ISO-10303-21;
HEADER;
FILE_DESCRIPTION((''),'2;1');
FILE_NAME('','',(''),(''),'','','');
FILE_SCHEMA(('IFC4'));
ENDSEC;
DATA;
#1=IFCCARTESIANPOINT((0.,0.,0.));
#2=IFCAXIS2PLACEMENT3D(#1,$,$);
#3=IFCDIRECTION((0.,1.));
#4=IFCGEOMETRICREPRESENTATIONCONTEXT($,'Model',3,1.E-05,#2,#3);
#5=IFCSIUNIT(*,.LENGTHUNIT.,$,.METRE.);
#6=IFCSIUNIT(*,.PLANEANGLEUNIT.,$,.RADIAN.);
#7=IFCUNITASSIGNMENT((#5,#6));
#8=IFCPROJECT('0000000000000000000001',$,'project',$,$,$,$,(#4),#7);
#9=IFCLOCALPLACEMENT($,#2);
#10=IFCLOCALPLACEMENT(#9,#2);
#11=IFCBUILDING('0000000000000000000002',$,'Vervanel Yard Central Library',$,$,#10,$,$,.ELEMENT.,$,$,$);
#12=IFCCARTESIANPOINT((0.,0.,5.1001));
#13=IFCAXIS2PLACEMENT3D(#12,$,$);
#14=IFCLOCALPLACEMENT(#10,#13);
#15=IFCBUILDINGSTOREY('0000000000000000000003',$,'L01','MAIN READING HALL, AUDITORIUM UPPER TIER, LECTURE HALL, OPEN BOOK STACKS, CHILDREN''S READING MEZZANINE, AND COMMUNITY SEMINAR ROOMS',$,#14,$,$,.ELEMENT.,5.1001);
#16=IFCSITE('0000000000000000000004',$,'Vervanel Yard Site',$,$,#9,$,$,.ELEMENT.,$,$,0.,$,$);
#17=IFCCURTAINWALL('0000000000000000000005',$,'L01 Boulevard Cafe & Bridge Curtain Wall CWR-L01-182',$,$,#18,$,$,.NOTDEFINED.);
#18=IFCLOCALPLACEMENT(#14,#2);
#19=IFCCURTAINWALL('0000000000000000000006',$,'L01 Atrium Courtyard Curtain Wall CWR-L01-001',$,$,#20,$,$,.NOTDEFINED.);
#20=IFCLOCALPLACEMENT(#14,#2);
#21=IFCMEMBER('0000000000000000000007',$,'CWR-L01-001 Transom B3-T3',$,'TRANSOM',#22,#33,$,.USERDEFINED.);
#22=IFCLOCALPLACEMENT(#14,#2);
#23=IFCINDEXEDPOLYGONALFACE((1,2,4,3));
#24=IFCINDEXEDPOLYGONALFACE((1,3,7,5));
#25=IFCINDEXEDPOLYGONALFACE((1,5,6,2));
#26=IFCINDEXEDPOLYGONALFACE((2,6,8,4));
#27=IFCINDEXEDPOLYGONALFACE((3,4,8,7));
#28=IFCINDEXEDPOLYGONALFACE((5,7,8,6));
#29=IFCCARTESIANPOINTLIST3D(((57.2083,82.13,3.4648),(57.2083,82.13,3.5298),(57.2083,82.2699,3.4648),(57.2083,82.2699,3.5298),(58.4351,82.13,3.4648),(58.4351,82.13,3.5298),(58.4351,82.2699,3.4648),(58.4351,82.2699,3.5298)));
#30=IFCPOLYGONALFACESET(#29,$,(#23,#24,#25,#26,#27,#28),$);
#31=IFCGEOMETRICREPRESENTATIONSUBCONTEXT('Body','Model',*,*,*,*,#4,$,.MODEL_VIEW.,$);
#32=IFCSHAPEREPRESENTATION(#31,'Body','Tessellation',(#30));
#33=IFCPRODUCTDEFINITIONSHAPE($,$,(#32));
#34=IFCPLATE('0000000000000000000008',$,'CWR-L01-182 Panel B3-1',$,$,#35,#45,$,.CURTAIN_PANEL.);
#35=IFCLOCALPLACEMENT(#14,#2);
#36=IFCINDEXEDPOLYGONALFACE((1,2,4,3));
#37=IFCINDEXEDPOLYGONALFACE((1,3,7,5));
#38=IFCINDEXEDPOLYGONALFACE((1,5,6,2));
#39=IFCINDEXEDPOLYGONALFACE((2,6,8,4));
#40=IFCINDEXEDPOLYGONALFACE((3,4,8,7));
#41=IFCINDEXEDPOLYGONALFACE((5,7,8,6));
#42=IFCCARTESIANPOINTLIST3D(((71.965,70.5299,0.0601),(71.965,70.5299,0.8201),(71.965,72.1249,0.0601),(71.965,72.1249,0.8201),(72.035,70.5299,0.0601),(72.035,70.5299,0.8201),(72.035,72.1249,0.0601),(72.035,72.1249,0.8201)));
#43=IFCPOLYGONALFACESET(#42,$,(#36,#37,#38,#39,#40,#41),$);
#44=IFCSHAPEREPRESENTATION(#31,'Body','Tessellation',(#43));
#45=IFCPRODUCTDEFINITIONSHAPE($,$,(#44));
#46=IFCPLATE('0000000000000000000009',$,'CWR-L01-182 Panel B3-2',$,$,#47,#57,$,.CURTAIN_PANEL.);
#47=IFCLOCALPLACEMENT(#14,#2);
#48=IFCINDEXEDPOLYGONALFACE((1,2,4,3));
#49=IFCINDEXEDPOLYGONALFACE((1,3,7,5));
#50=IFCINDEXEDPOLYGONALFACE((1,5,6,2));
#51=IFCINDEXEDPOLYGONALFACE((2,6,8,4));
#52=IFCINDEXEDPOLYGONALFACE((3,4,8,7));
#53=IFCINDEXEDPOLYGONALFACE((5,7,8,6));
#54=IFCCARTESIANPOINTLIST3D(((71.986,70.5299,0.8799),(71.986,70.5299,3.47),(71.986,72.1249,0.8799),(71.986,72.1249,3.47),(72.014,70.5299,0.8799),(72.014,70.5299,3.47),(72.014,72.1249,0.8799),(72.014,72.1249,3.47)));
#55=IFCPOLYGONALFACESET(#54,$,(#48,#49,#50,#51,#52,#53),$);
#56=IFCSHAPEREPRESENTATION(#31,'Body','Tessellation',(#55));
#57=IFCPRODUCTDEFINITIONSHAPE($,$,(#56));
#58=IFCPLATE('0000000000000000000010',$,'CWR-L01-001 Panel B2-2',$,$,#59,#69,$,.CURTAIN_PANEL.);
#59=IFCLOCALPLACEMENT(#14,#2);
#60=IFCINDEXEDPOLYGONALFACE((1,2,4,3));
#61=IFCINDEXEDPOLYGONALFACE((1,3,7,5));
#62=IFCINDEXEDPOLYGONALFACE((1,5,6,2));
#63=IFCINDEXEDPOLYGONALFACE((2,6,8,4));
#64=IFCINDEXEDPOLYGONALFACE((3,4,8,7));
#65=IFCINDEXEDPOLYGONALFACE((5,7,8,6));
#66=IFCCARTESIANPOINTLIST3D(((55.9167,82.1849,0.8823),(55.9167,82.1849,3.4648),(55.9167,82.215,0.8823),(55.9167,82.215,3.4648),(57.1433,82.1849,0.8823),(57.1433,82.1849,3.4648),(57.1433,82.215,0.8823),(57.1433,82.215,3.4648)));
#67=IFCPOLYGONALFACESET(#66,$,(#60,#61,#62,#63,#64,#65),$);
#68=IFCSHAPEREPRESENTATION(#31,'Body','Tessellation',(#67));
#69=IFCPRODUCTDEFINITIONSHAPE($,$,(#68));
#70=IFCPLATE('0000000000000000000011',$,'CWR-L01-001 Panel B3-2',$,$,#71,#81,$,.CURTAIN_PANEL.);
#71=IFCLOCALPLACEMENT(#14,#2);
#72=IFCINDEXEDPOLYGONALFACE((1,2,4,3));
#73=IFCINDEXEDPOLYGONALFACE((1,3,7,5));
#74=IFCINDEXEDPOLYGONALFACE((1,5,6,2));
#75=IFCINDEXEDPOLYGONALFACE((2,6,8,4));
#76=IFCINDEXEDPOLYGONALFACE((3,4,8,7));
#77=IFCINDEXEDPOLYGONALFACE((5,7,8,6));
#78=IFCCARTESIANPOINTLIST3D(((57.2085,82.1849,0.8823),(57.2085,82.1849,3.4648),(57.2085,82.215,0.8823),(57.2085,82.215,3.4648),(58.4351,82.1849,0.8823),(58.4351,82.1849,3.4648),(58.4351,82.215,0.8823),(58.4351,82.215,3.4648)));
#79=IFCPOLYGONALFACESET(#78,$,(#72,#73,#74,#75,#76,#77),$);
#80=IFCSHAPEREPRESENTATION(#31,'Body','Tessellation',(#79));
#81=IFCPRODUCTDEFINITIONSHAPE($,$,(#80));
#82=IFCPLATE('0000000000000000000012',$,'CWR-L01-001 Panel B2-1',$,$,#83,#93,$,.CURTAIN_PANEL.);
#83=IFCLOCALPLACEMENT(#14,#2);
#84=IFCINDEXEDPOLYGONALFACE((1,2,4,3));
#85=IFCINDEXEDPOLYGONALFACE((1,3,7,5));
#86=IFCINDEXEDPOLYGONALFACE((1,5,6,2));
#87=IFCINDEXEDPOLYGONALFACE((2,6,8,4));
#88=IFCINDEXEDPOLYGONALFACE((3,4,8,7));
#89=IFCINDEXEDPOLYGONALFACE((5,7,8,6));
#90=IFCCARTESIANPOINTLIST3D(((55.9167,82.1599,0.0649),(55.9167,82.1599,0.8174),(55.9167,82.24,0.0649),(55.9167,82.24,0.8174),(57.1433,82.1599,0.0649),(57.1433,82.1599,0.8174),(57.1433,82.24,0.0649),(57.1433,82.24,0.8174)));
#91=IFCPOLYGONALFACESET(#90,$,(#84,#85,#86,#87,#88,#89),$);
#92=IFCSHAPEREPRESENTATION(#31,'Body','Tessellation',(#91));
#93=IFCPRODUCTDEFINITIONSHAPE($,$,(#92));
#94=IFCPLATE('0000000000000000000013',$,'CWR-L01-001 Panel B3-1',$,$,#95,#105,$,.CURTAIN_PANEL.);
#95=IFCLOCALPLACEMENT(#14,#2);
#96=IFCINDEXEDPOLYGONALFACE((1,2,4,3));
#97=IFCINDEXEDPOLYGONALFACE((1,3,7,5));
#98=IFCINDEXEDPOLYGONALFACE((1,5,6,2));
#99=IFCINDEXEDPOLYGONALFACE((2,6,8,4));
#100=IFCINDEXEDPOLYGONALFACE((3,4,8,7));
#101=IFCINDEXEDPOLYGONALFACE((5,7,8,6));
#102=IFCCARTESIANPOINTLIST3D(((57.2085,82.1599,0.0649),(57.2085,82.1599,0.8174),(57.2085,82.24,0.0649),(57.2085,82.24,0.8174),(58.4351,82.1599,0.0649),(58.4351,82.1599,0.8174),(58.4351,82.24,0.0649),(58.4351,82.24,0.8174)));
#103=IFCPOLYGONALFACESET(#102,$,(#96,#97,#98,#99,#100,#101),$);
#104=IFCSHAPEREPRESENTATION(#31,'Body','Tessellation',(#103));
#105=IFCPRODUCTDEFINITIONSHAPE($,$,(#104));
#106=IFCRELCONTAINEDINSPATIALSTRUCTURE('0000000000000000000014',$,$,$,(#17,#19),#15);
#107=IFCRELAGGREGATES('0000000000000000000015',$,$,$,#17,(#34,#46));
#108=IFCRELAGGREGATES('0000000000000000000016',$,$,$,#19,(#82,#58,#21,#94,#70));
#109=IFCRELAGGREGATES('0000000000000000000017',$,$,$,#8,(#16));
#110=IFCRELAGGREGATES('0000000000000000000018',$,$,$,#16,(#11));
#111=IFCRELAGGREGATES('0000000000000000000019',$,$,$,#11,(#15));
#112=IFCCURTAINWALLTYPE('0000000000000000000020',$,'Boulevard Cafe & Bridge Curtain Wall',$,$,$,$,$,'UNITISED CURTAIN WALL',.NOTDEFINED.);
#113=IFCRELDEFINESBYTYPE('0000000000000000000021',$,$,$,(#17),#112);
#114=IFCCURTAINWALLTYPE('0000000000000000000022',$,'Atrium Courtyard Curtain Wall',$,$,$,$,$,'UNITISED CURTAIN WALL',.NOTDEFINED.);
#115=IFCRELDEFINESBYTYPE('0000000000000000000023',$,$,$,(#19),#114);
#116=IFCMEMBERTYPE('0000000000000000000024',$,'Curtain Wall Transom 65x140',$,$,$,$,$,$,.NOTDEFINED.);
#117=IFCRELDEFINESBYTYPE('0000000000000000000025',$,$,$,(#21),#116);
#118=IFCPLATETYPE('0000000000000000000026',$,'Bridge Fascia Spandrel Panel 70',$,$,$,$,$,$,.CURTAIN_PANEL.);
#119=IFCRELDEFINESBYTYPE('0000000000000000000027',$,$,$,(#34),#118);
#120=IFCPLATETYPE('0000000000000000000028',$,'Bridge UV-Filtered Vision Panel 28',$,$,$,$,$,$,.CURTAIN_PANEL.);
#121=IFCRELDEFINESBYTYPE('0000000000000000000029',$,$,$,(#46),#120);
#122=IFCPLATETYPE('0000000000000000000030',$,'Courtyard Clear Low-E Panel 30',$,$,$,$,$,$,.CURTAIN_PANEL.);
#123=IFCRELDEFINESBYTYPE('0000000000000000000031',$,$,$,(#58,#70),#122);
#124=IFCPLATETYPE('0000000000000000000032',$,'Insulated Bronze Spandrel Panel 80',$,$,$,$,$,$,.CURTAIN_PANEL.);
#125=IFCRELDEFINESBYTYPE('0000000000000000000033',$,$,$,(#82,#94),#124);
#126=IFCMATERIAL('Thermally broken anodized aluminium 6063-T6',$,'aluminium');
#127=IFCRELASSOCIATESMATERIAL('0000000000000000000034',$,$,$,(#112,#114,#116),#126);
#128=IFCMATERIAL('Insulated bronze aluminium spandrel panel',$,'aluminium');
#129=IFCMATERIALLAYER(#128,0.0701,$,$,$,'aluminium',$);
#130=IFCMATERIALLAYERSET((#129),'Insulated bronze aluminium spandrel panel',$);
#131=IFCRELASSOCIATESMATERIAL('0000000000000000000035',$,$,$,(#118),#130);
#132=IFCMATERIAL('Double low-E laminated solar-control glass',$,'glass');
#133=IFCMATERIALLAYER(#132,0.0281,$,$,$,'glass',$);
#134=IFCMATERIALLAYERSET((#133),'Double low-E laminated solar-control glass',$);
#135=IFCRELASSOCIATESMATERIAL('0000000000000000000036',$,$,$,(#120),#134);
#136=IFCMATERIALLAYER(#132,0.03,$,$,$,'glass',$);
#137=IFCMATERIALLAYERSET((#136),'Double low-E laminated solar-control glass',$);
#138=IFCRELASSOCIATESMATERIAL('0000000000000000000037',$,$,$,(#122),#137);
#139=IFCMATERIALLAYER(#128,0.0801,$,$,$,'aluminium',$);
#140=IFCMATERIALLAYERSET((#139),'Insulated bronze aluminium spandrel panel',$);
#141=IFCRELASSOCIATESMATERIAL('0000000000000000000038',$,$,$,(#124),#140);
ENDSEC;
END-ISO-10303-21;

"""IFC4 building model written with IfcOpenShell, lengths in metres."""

from ifc_helpers import new_model, si_unit, direction, frame, origin, origin_2d, place, context, subcontext, project, spatial, rectangle, extrude, material, layer, layer_set, material_profile, profile_set, type_object, element, aggregate, save


model = new_model("IFC4")

# Units and contexts
model_context = context("Model", 3, precision=1e-05, world=origin(), true_north=direction((0.0, 1.0)))
body_context = subcontext(model_context, "Body", "Model", "MODEL_VIEW")
ifc_project = project(units=[si_unit("LENGTHUNIT", "METRE"), si_unit("PLANEANGLEUNIT", "RADIAN")], contexts=[model_context])

# Site, building, storey
site_placement = place(None, origin())
site = spatial("IfcSite", under=ifc_project, at=site_placement, Name="Vervanel Yard Site", CompositionType="ELEMENT", RefElevation=0.0)
building_placement = place(site_placement, origin())
building = spatial("IfcBuilding", under=site, at=building_placement, Name="Vervanel Yard Central Library", CompositionType="ELEMENT")
storey_placement = place(building_placement, frame((0.0, 0.0, 5.1001)))
storey = spatial("IfcBuildingStorey", under=building, at=storey_placement, Name="L01", Description="MAIN READING HALL, AUDITORIUM UPPER TIER, LECTURE HALL, OPEN BOOK STACKS, CHILDREN'S READING MEZZANINE, AND COMMUNITY SEMINAR ROOMS", CompositionType="ELEMENT", Elevation=5.1001)

# Curtain walls, member
ifc_material_1 = material(Name="Thermally broken anodized aluminium 6063-T6", Category="aluminium")
curtain_wall_type_1 = type_object("IfcCurtainWallType", Name="Boulevard Cafe & Bridge Curtain Wall", ElementType="UNITISED CURTAIN WALL", PredefinedType="NOTDEFINED", material=ifc_material_1)
curtain_wall_1_placement = place(storey_placement, origin())
curtain_wall_1 = element("IfcCurtainWall", 1, at=curtain_wall_1_placement, inside=storey, type_object=curtain_wall_type_1, Name="L01 Boulevard Cafe & Bridge Curtain Wall CWR-L01-182", PredefinedType="NOTDEFINED")
curtain_wall_type_2 = type_object("IfcCurtainWallType", Name="Atrium Courtyard Curtain Wall", ElementType="UNITISED CURTAIN WALL", PredefinedType="NOTDEFINED", material=ifc_material_1)
curtain_wall_2_placement = place(storey_placement, origin())
curtain_wall_2 = element("IfcCurtainWall", 2, at=curtain_wall_2_placement, inside=storey, type_object=curtain_wall_type_2, Name="L01 Atrium Courtyard Curtain Wall CWR-L01-001", PredefinedType="NOTDEFINED")
ifc_material_profile_1 = material_profile(ifc_material_1, rectangle(XDim=0.0649, YDim=0.1399, at=origin_2d()), Name="ALU 65x140", Category="aluminium")
ifc_profile_set_1 = profile_set([ifc_material_profile_1], Name="Thermally broken anodized aluminium 6063-T6")
member_type_1 = type_object("IfcMemberType", Name="Curtain Wall Transom 65x140", PredefinedType="NOTDEFINED", material=ifc_profile_set_1)
member_1_placement = place(storey_placement, frame((57.2083, 82.2, 3.4973), z_axis=(1.0, 0.0, 0.0), x_axis=(0.0, 0.0, 1.0)))
member_1 = element("IfcMember", 3, at=member_1_placement, type_object=member_type_1, Name="CWR-L01-001 Transom B3-T3", ObjectType="TRANSOM", PredefinedType="USERDEFINED", context=body_context, shape_type="SweptSolid", body=[
    extrude(rectangle(XDim=0.0649, YDim=0.1399, at=origin_2d()), origin(), (0.0, 0.0, 1.0), 1.2268),
])

# Plates
ifc_material_2 = material(Name="Insulated bronze aluminium spandrel panel", Category="aluminium")
ifc_layer_1 = layer(ifc_material_2, 0.0701, Category="aluminium")
ifc_layer_set_1 = layer_set([ifc_layer_1], Name="Insulated bronze aluminium spandrel panel")
plate_type_1 = type_object("IfcPlateType", Name="Bridge Fascia Spandrel Panel 70", PredefinedType="CURTAIN_PANEL", material=ifc_layer_set_1)
plate_1_placement = place(storey_placement, frame((72.0, 71.3274, 0.0601), z_axis=(0.0, 0.0, 1.0), x_axis=(0.0, 1.0, 0.0)))
plate_1 = element("IfcPlate", 4, at=plate_1_placement, type_object=plate_type_1, Name="CWR-L01-182 Panel B3-1", PredefinedType="CURTAIN_PANEL", context=body_context, shape_type="SweptSolid", body=[
    extrude(rectangle(XDim=1.595, YDim=0.0701, at=origin_2d()), origin(), (0.0, 0.0, 1.0), 0.76),
])
ifc_material_3 = material(Name="Double low-E laminated solar-control glass", Category="glass")
ifc_layer_2 = layer(ifc_material_3, 0.0281, Category="glass")
ifc_layer_set_2 = layer_set([ifc_layer_2], Name="Double low-E laminated solar-control glass")
plate_type_2 = type_object("IfcPlateType", Name="Bridge UV-Filtered Vision Panel 28", PredefinedType="CURTAIN_PANEL", material=ifc_layer_set_2)
plate_2_placement = place(storey_placement, frame((72.0, 71.3274, 0.8799), z_axis=(0.0, 0.0, 1.0), x_axis=(0.0, 1.0, 0.0)))
plate_2 = element("IfcPlate", 5, at=plate_2_placement, type_object=plate_type_2, Name="CWR-L01-182 Panel B3-2", PredefinedType="CURTAIN_PANEL", context=body_context, shape_type="SweptSolid", body=[
    extrude(rectangle(XDim=1.595, YDim=0.0281, at=origin_2d()), origin(), (0.0, 0.0, 1.0), 2.5901),
])
aggregate(curtain_wall_1, [plate_1, plate_2])
ifc_layer_3 = layer(ifc_material_3, 0.03, Category="glass")
ifc_layer_set_3 = layer_set([ifc_layer_3], Name="Double low-E laminated solar-control glass")
plate_type_3 = type_object("IfcPlateType", Name="Courtyard Clear Low-E Panel 30", PredefinedType="CURTAIN_PANEL", material=ifc_layer_set_3)
plate_3_placement = place(storey_placement, frame((56.53, 82.2, 0.8823), z_axis=(0.0, 0.0, 1.0), x_axis=(1.0, 0.0, 0.0)))
plate_3 = element("IfcPlate", 6, at=plate_3_placement, type_object=plate_type_3, Name="CWR-L01-001 Panel B2-2", PredefinedType="CURTAIN_PANEL", context=body_context, shape_type="SweptSolid", body=[
    extrude(rectangle(XDim=1.2266, YDim=0.03, at=origin_2d()), origin(), (0.0, 0.0, 1.0), 2.5825),
])
plate_4_placement = place(storey_placement, frame((57.8218, 82.2, 0.8823), z_axis=(0.0, 0.0, 1.0), x_axis=(1.0, 0.0, 0.0)))
plate_4 = element("IfcPlate", 7, at=plate_4_placement, type_object=plate_type_3, Name="CWR-L01-001 Panel B3-2", PredefinedType="CURTAIN_PANEL", context=body_context, shape_type="SweptSolid", body=[
    extrude(rectangle(XDim=1.2266, YDim=0.03, at=origin_2d()), origin(), (0.0, 0.0, 1.0), 2.5825),
])
ifc_layer_4 = layer(ifc_material_2, 0.0801, Category="aluminium")
ifc_layer_set_4 = layer_set([ifc_layer_4], Name="Insulated bronze aluminium spandrel panel")
plate_type_4 = type_object("IfcPlateType", Name="Insulated Bronze Spandrel Panel 80", PredefinedType="CURTAIN_PANEL", material=ifc_layer_set_4)
plate_5_placement = place(storey_placement, frame((56.53, 82.2, 0.0649), z_axis=(0.0, 0.0, 1.0), x_axis=(1.0, 0.0, 0.0)))
plate_5 = element("IfcPlate", 8, at=plate_5_placement, type_object=plate_type_4, Name="CWR-L01-001 Panel B2-1", PredefinedType="CURTAIN_PANEL", context=body_context, shape_type="SweptSolid", body=[
    extrude(rectangle(XDim=1.2266, YDim=0.0801, at=origin_2d()), origin(), (0.0, 0.0, 1.0), 0.7524),
])
plate_6_placement = place(storey_placement, frame((57.8218, 82.2, 0.0649), z_axis=(0.0, 0.0, 1.0), x_axis=(1.0, 0.0, 0.0)))
plate_6 = element("IfcPlate", 9, at=plate_6_placement, type_object=plate_type_4, Name="CWR-L01-001 Panel B3-1", PredefinedType="CURTAIN_PANEL", context=body_context, shape_type="SweptSolid", body=[
    extrude(rectangle(XDim=1.2266, YDim=0.0801, at=origin_2d()), origin(), (0.0, 0.0, 1.0), 0.7524),
])
aggregate(curtain_wall_2, [plate_5, plate_3, member_1, plate_6, plate_4])

save(model, "model.ifc")
